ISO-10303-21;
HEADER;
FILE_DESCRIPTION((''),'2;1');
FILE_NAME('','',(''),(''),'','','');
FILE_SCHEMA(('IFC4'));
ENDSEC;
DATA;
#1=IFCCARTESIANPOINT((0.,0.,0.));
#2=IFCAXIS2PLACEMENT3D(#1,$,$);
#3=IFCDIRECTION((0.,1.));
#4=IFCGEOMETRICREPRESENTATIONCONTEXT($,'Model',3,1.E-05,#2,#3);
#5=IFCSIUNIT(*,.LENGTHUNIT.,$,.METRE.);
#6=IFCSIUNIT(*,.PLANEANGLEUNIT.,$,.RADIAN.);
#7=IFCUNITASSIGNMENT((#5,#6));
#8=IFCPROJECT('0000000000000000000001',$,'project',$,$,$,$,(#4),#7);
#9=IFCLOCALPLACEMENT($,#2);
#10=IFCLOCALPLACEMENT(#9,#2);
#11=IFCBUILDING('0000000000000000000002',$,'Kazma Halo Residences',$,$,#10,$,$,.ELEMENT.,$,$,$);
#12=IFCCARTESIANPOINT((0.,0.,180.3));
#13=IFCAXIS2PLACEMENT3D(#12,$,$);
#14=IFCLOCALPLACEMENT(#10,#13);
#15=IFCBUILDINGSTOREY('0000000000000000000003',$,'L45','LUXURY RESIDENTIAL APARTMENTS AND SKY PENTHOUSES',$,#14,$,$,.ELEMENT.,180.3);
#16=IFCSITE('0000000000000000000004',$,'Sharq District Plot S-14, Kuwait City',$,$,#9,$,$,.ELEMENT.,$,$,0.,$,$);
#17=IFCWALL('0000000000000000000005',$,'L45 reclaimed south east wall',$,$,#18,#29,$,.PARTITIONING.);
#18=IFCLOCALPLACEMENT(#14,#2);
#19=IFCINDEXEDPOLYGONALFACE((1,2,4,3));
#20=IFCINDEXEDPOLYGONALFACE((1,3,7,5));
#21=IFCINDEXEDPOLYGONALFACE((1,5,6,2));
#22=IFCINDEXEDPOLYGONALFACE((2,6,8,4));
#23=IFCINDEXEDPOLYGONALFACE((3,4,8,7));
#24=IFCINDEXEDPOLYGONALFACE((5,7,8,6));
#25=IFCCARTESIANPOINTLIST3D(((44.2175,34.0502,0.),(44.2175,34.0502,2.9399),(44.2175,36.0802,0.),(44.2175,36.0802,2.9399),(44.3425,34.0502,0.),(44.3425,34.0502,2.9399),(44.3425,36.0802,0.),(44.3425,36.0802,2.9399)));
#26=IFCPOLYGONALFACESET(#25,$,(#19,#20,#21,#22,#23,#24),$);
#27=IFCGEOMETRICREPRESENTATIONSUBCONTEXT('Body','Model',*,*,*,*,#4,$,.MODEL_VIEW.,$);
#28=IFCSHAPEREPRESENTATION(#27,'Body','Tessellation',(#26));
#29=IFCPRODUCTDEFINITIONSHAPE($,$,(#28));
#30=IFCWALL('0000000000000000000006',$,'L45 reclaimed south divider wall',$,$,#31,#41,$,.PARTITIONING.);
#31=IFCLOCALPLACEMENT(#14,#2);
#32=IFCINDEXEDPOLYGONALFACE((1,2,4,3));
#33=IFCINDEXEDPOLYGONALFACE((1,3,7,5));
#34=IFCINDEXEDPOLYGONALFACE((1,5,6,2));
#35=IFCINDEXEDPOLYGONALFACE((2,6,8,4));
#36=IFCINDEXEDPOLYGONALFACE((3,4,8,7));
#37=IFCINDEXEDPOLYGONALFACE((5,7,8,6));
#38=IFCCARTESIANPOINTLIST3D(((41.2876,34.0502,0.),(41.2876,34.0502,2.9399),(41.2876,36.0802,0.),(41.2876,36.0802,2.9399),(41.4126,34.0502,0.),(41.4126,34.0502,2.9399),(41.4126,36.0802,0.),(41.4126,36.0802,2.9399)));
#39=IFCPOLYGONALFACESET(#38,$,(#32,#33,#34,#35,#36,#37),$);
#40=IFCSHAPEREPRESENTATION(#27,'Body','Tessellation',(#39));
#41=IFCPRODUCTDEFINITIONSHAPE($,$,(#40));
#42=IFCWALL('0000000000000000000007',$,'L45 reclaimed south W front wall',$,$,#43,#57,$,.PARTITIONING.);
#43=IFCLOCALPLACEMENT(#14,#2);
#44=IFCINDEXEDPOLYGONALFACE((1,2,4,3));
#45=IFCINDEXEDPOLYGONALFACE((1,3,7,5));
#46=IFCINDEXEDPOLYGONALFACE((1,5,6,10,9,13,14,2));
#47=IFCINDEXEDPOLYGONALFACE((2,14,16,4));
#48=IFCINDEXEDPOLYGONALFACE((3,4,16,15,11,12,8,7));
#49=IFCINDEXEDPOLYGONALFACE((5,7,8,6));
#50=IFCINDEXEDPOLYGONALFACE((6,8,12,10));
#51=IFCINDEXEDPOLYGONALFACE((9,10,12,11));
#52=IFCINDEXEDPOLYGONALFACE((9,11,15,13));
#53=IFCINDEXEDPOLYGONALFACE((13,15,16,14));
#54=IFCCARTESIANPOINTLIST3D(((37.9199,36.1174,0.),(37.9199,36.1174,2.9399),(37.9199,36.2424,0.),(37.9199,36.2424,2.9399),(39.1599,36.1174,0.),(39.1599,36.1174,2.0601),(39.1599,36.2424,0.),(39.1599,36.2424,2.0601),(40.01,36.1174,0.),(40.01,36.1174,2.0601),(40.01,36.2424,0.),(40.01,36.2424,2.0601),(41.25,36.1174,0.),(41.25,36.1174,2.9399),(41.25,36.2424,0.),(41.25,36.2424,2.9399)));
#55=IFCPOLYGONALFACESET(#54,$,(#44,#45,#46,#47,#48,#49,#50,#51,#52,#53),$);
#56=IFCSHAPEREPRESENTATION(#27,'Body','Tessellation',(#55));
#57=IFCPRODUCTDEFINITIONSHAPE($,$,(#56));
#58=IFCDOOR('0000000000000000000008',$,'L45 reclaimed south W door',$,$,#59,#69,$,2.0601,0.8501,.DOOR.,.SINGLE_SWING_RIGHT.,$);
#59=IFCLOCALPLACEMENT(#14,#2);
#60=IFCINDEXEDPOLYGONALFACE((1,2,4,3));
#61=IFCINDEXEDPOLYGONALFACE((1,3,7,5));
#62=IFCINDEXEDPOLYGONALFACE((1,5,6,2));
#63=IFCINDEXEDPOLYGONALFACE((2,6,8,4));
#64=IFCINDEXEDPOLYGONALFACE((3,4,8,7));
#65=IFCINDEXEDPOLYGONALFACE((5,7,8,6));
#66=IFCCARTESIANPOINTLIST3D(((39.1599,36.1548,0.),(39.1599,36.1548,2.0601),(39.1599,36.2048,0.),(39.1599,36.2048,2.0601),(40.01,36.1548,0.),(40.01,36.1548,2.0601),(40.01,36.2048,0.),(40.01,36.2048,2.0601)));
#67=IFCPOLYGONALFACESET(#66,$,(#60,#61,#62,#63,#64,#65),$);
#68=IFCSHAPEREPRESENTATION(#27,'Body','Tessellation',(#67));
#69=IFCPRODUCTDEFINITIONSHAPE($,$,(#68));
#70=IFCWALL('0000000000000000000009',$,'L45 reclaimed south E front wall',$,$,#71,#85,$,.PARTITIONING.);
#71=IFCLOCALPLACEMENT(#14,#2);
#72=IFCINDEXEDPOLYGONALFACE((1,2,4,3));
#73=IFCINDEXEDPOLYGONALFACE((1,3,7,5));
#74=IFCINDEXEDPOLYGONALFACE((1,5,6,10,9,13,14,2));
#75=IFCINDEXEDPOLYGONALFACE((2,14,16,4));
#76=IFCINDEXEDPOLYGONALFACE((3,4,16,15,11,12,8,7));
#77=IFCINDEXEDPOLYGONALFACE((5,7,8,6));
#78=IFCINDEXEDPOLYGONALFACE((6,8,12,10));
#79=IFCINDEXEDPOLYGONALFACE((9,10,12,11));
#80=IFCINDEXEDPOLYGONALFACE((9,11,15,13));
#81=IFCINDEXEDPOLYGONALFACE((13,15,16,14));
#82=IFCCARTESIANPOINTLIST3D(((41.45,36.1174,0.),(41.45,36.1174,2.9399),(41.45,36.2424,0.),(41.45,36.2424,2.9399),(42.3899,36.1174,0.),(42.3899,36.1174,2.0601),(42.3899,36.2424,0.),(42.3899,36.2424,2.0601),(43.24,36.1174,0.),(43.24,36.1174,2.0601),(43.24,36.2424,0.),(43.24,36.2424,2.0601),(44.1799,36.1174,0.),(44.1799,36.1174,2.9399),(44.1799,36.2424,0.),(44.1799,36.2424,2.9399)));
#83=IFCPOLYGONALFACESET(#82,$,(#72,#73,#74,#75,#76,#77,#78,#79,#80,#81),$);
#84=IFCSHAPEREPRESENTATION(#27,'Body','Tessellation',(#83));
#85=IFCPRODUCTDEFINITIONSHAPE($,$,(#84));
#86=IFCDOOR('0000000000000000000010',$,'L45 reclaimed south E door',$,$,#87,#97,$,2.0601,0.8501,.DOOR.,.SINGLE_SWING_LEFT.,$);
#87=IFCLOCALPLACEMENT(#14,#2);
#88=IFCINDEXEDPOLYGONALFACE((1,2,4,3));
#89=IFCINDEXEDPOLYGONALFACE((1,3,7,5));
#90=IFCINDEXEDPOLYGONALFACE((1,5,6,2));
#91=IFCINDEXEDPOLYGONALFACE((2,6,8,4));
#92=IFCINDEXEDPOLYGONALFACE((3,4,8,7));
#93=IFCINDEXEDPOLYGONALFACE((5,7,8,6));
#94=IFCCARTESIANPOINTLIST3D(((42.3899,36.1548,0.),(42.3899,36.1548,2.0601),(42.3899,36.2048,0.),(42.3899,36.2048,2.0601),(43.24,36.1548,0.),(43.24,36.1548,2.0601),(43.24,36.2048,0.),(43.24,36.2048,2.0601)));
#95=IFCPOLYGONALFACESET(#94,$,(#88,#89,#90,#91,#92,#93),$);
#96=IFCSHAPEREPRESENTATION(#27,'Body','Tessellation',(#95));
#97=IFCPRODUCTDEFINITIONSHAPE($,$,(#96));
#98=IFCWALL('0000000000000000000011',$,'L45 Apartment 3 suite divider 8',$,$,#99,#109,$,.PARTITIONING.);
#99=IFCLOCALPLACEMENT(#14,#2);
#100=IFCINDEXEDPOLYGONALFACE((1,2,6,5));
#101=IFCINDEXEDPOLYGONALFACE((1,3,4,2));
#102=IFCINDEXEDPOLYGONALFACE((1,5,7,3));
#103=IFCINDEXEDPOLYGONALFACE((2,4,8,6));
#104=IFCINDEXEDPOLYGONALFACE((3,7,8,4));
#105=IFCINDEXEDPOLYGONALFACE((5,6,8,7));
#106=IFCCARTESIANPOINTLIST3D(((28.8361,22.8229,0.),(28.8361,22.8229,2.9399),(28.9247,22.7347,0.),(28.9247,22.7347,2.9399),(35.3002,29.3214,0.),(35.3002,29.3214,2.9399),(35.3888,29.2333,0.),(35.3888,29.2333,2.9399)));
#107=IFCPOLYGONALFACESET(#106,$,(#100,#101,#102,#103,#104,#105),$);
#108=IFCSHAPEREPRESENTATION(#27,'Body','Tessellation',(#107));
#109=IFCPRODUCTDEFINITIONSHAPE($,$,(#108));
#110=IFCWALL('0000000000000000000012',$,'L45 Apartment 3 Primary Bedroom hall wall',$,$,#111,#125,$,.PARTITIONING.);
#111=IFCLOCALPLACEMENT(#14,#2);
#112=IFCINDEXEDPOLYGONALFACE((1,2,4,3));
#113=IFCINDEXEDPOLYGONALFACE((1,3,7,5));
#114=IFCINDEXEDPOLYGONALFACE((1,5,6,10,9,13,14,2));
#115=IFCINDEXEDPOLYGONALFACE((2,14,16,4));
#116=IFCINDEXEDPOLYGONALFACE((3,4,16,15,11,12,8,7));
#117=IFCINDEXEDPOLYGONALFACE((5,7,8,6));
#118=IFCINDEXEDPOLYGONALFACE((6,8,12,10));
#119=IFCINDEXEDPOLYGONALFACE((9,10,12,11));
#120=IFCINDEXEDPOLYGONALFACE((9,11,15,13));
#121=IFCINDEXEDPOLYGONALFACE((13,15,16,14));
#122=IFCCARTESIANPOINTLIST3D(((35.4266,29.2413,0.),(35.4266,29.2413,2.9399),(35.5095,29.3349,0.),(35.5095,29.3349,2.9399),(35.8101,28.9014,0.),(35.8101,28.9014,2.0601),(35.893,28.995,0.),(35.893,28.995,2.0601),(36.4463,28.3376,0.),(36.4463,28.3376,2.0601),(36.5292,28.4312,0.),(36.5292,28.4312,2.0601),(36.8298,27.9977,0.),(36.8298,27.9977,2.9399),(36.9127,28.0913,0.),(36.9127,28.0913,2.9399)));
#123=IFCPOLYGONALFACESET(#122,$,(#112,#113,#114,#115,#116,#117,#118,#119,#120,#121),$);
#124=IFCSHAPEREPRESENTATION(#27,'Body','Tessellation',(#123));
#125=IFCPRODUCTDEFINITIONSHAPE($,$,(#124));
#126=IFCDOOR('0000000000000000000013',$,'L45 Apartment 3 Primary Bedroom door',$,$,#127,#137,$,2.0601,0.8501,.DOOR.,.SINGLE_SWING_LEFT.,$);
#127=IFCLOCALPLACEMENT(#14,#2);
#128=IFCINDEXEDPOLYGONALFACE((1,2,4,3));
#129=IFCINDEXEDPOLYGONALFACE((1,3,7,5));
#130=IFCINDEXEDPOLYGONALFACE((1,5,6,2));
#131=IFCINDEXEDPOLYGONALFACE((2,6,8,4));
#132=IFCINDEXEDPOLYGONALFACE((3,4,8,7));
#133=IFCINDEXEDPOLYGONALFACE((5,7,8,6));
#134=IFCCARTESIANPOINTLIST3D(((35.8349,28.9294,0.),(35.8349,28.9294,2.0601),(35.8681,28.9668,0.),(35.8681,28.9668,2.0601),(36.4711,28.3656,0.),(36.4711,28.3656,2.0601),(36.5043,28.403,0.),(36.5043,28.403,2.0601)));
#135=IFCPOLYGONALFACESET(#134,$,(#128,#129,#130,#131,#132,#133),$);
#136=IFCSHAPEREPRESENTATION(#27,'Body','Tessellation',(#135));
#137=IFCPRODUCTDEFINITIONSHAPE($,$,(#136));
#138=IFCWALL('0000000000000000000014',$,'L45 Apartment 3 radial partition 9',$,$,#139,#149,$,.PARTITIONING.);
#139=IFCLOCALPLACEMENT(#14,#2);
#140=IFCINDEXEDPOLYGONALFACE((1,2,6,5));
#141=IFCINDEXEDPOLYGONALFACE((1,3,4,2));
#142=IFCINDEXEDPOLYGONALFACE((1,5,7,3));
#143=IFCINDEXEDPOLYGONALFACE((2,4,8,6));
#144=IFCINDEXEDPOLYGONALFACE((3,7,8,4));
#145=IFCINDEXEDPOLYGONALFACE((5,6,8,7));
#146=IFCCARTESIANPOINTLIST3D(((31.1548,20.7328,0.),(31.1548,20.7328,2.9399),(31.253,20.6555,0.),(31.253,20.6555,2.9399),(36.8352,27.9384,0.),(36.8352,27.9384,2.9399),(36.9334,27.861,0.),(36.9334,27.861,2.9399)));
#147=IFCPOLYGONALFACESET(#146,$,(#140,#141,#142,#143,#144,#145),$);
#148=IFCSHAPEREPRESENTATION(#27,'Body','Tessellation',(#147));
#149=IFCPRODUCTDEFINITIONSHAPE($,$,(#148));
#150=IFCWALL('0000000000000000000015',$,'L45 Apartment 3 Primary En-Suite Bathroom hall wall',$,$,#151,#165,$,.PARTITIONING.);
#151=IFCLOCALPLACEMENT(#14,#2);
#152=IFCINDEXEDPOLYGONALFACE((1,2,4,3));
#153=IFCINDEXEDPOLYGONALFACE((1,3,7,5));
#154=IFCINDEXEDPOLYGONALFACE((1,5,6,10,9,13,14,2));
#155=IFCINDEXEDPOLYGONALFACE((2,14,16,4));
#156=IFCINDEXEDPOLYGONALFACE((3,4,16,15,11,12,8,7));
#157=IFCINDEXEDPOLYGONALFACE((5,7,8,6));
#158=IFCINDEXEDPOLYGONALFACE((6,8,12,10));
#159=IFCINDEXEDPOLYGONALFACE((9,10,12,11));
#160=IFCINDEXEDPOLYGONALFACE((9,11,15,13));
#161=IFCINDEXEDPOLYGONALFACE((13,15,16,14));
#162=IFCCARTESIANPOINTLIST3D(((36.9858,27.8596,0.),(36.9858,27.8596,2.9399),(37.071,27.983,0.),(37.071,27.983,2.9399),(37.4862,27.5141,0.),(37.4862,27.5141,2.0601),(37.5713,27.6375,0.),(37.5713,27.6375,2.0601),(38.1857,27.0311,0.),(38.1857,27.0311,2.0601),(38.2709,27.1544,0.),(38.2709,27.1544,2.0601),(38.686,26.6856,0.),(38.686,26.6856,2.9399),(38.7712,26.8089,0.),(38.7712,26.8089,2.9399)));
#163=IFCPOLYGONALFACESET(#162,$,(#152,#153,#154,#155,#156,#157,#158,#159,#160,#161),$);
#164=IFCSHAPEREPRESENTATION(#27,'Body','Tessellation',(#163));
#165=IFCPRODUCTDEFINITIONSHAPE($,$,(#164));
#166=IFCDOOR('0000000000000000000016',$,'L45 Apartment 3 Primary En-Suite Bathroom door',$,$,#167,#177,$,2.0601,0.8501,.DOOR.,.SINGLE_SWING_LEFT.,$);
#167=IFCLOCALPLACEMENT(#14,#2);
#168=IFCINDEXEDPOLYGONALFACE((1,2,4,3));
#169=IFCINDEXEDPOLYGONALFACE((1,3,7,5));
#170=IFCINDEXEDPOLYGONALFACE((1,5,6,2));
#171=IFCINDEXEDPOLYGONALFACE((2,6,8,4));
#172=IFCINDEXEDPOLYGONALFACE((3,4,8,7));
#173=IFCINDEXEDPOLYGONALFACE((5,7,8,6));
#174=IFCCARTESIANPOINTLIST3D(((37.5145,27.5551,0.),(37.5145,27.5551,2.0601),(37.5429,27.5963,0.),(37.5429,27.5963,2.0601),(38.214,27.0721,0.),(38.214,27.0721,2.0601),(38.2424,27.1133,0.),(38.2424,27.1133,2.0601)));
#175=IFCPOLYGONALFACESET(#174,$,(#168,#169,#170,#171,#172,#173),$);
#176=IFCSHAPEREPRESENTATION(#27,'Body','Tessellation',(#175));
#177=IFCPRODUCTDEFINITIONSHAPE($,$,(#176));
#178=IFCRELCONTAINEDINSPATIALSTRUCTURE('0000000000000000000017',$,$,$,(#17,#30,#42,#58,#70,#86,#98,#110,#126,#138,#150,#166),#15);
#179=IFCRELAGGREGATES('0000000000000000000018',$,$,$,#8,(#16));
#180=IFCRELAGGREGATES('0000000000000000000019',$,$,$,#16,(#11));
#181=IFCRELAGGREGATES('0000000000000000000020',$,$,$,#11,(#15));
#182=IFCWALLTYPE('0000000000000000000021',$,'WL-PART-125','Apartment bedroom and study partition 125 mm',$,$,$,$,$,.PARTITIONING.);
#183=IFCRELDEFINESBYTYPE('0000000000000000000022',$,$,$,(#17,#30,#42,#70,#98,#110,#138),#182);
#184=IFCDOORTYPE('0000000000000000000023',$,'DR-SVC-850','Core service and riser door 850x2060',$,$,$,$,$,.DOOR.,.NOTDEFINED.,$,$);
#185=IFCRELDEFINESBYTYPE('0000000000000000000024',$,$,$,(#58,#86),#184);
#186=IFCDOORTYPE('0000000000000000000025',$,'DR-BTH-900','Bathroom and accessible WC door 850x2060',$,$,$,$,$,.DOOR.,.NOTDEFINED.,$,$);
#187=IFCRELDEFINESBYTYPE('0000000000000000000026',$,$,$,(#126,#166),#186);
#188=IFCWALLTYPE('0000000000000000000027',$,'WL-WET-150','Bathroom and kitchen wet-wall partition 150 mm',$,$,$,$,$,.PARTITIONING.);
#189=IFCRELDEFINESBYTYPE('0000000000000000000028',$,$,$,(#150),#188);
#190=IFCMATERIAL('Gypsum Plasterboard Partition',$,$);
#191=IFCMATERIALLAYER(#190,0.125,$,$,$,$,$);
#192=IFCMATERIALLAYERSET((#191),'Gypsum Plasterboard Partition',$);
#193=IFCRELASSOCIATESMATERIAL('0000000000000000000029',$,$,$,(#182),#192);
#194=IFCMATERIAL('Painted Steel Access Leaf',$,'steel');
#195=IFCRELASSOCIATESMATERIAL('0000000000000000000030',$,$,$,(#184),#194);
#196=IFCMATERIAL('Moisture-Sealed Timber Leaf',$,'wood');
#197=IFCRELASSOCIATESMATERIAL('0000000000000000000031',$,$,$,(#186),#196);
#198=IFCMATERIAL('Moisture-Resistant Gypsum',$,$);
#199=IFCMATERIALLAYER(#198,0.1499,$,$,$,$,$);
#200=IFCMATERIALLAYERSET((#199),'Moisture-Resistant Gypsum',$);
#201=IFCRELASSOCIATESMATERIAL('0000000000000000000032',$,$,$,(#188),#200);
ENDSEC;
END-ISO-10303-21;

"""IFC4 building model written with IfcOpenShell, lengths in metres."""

from ifc_helpers import new_model, si_unit, direction, frame, frame_2d, origin, place, context, subcontext, project, spatial, rectangle, extrude, material, layer, layer_set, type_object, element, fill, save


model = new_model("IFC4")

# Units and contexts
model_context = context("Model", 3, precision=1e-05, world=origin(), true_north=direction((0.0, 1.0)))
body_context = subcontext(model_context, "Body", "Model", "MODEL_VIEW")
ifc_project = project(units=[si_unit("LENGTHUNIT", "METRE"), si_unit("PLANEANGLEUNIT", "RADIAN")], contexts=[model_context])

# Site, building, storey
site_placement = place(None, origin())
site = spatial("IfcSite", under=ifc_project, at=site_placement, Name="Sharq District Plot S-14, Kuwait City", CompositionType="ELEMENT", RefElevation=0.0)
building_placement = place(site_placement, origin())
building = spatial("IfcBuilding", under=site, at=building_placement, Name="Kazma Halo Residences", CompositionType="ELEMENT")
storey_placement = place(building_placement, frame((0.0, 0.0, 180.3)))
storey = spatial("IfcBuildingStorey", under=building, at=storey_placement, Name="L45", Description="LUXURY RESIDENTIAL APARTMENTS AND SKY PENTHOUSES", CompositionType="ELEMENT", Elevation=180.3)

# Walls
ifc_material_1 = material(Name="Gypsum Plasterboard Partition")
ifc_layer_1 = layer(ifc_material_1, 0.125)
ifc_layer_set_1 = layer_set([ifc_layer_1], Name="Gypsum Plasterboard Partition")
wall_type_1 = type_object("IfcWallType", Name="WL-PART-125", Description="Apartment bedroom and study partition 125 mm", PredefinedType="PARTITIONING", material=ifc_layer_set_1)
for number, where, z_axis, x_axis, name in (
    (1, (44.28, 34.05, 0.0), (0.0, 0.0, 1.0), (0.0, 1.0, 0.0), "L45 reclaimed south east wall"),
    (2, (41.3501, 34.05, 0.0), (0.0, 0.0, 1.0), (0.0, 1.0, 0.0), "L45 reclaimed south divider wall"),
):
    element("IfcWall", number, at=place(storey_placement, frame(where, z_axis=z_axis, x_axis=x_axis)), inside=storey, type_object=wall_type_1, Name=name, PredefinedType="PARTITIONING", context=body_context, shape_type="SweptSolid", body=[
        extrude(rectangle(XDim=2.03, YDim=0.125, at=frame_2d((1.0151, 0.0))), origin(), (0.0, 0.0, 1.0), 2.9399),
    ])

# Walls, openings, doors
wall_1_placement = place(storey_placement, frame((37.9199, 36.1799, 0.0), z_axis=(0.0, 0.0, 1.0), x_axis=(1.0, 0.0, 0.0)))
wall_1 = element("IfcWall", 3, at=wall_1_placement, inside=storey, type_object=wall_type_1, Name="L45 reclaimed south W front wall", PredefinedType="PARTITIONING", context=body_context, shape_type="SweptSolid", body=[
    extrude(rectangle(XDim=3.3301, YDim=0.125, at=frame_2d((1.665, 0.0))), origin(), (0.0, 0.0, 1.0), 2.9399),
])
opening_1_placement = place(wall_1_placement, frame((1.24, 0.0, 0.0)))
opening_1 = element("IfcOpeningElement", 4, at=opening_1_placement, cuts=wall_1, PredefinedType="OPENING", context=body_context, shape_type="SweptSolid", body=[
    extrude(rectangle(XDim=0.8501, YDim=2.0601, at=frame_2d((0.425, 1.03))), frame((0.0, 0.0725, 0.0), z_axis=(0.0, -1.0, 0.0), x_axis=(1.0, 0.0, 0.0)), (0.0, 0.0, 1.0), 0.145),
])
ifc_material_2 = material(Name="Painted Steel Access Leaf", Category="steel")
door_type_1 = type_object("IfcDoorType", Name="DR-SVC-850", Description="Core service and riser door 850x2060", OperationType="NOTDEFINED", PredefinedType="DOOR", material=ifc_material_2)
door_1_placement = place(opening_1_placement, origin())
door_1 = element("IfcDoor", 5, at=door_1_placement, inside=storey, type_object=door_type_1, Name="L45 reclaimed south W door", OperationType="SINGLE_SWING_RIGHT", OverallHeight=2.0601, OverallWidth=0.8501, PredefinedType="DOOR", context=body_context, shape_type="SweptSolid", body=[
    extrude(rectangle(XDim=0.8501, YDim=2.0601, at=frame_2d((0.425, 1.03))), frame((0.0, 0.0249, 0.0), z_axis=(0.0, -1.0, 0.0), x_axis=(1.0, 0.0, 0.0)), (0.0, 0.0, 1.0), 0.05),
])
fill(opening_1, door_1)
wall_2_placement = place(storey_placement, frame((41.45, 36.1799, 0.0), z_axis=(0.0, 0.0, 1.0), x_axis=(1.0, 0.0, 0.0)))
wall_2 = element("IfcWall", 6, at=wall_2_placement, inside=storey, type_object=wall_type_1, Name="L45 reclaimed south E front wall", PredefinedType="PARTITIONING", context=body_context, shape_type="SweptSolid", body=[
    extrude(rectangle(XDim=2.73, YDim=0.125, at=frame_2d((1.365, 0.0))), origin(), (0.0, 0.0, 1.0), 2.9399),
])
opening_2_placement = place(wall_2_placement, frame((0.9399, 0.0, 0.0)))
opening_2 = element("IfcOpeningElement", 7, at=opening_2_placement, cuts=wall_2, PredefinedType="OPENING", context=body_context, shape_type="SweptSolid", body=[
    extrude(rectangle(XDim=0.8501, YDim=2.0601, at=frame_2d((0.425, 1.03))), frame((0.0, 0.0725, 0.0), z_axis=(0.0, -1.0, 0.0), x_axis=(1.0, 0.0, 0.0)), (0.0, 0.0, 1.0), 0.145),
])
door_2_placement = place(opening_2_placement, origin())
door_2 = element("IfcDoor", 8, at=door_2_placement, inside=storey, type_object=door_type_1, Name="L45 reclaimed south E door", OperationType="SINGLE_SWING_LEFT", OverallHeight=2.0601, OverallWidth=0.8501, PredefinedType="DOOR", context=body_context, shape_type="SweptSolid", body=[
    extrude(rectangle(XDim=0.8501, YDim=2.0601, at=frame_2d((0.425, 1.03))), frame((0.0, 0.0249, 0.0), z_axis=(0.0, -1.0, 0.0), x_axis=(1.0, 0.0, 0.0)), (0.0, 0.0, 1.0), 0.05),
])
fill(opening_2, door_2)

# Wall
wall_3_placement = place(storey_placement, frame((35.3445, 29.2773, 0.0), z_axis=(0.0, 0.0, 1.0), x_axis=(-0.705226, -0.708982, 0.0)))
element("IfcWall", 9, at=wall_3_placement, inside=storey, type_object=wall_type_1, Name="L45 Apartment 3 suite divider 8", PredefinedType="PARTITIONING", context=body_context, shape_type="SweptSolid", body=[
    extrude(rectangle(XDim=9.166, YDim=0.125, at=frame_2d((4.583, 0.0))), origin(), (0.0, 0.0, 1.0), 2.9399),
])

# Wall, opening, door
wall_4_placement = place(storey_placement, frame((35.468, 29.2881, 0.0), z_axis=(0.0, 0.0, 1.0), x_axis=(0.7484, -0.663248, 0.0)))
wall_4 = element("IfcWall", 10, at=wall_4_placement, inside=storey, type_object=wall_type_1, Name="L45 Apartment 3 Primary Bedroom hall wall", PredefinedType="PARTITIONING", context=body_context, shape_type="SweptSolid", body=[
    extrude(rectangle(XDim=1.875, YDim=0.125, at=frame_2d((0.9375, 0.0))), origin(), (0.0, 0.0, 1.0), 2.9399),
])
opening_3_placement = place(wall_4_placement, frame((0.5125, 0.0, 0.0)))
opening_3 = element("IfcOpeningElement", 11, at=opening_3_placement, cuts=wall_4, PredefinedType="OPENING", context=body_context, shape_type="SweptSolid", body=[
    extrude(rectangle(XDim=0.8501, YDim=2.0601, at=frame_2d((0.425, 1.03))), frame((0.0, 0.0725, 0.0), z_axis=(0.0, -1.0, 0.0), x_axis=(1.0, 0.0, 0.0)), (0.0, 0.0, 1.0), 0.145),
])
ifc_material_3 = material(Name="Moisture-Sealed Timber Leaf", Category="wood")
door_type_2 = type_object("IfcDoorType", Name="DR-BTH-900", Description="Bathroom and accessible WC door 850x2060", OperationType="NOTDEFINED", PredefinedType="DOOR", material=ifc_material_3)
door_3_placement = place(opening_3_placement, origin())
door_3 = element("IfcDoor", 12, at=door_3_placement, inside=storey, type_object=door_type_2, Name="L45 Apartment 3 Primary Bedroom door", OperationType="SINGLE_SWING_LEFT", OverallHeight=2.0601, OverallWidth=0.8501, PredefinedType="DOOR", context=body_context, shape_type="SweptSolid", body=[
    extrude(rectangle(XDim=0.8501, YDim=2.0601, at=frame_2d((0.425, 1.03))), frame((0.0, 0.0249, 0.0), z_axis=(0.0, -1.0, 0.0), x_axis=(1.0, 0.0, 0.0)), (0.0, 0.0, 1.0), 0.05),
])
fill(opening_3, door_3)

# Wall
wall_5_placement = place(storey_placement, frame((36.8843, 27.8997, 0.0), z_axis=(0.0, 0.0, 1.0), x_axis=(-0.619095, -0.785316, 0.0)))
element("IfcWall", 13, at=wall_5_placement, inside=storey, type_object=wall_type_1, Name="L45 Apartment 3 radial partition 9", PredefinedType="PARTITIONING", context=body_context, shape_type="SweptSolid", body=[
    extrude(rectangle(XDim=9.1753, YDim=0.125, at=frame_2d((4.5876, 0.0))), origin(), (0.0, 0.0, 1.0), 2.9399),
])

# Wall, opening, door
ifc_material_4 = material(Name="Moisture-Resistant Gypsum")
ifc_layer_2 = layer(ifc_material_4, 0.1499)
ifc_layer_set_2 = layer_set([ifc_layer_2], Name="Moisture-Resistant Gypsum")
wall_type_2 = type_object("IfcWallType", Name="WL-WET-150", Description="Bathroom and kitchen wet-wall partition 150 mm", PredefinedType="PARTITIONING", material=ifc_layer_set_2)
wall_6_placement = place(storey_placement, frame((37.0283, 27.9214, 0.0), z_axis=(0.0, 0.0, 1.0), x_axis=(0.822868, -0.568233, 0.0)))
wall_6 = element("IfcWall", 14, at=wall_6_placement, inside=storey, type_object=wall_type_2, Name="L45 Apartment 3 Primary En-Suite Bathroom hall wall", PredefinedType="PARTITIONING", context=body_context, shape_type="SweptSolid", body=[
    extrude(rectangle(XDim=2.0662, YDim=0.1499, at=frame_2d((1.0332, 0.0))), origin(), (0.0, 0.0, 1.0), 2.9399),
])
opening_4_placement = place(wall_6_placement, frame((0.6082, 0.0, 0.0)))
opening_4 = element("IfcOpeningElement", 15, at=opening_4_placement, cuts=wall_6, PredefinedType="OPENING", context=body_context, shape_type="SweptSolid", body=[
    extrude(rectangle(XDim=0.8501, YDim=2.0601, at=frame_2d((0.425, 1.03))), frame((0.0, 0.085, 0.0), z_axis=(0.0, -1.0, 0.0), x_axis=(1.0, 0.0, 0.0)), (0.0, 0.0, 1.0), 0.1699),
])
door_4_placement = place(opening_4_placement, origin())
door_4 = element("IfcDoor", 16, at=door_4_placement, inside=storey, type_object=door_type_2, Name="L45 Apartment 3 Primary En-Suite Bathroom door", OperationType="SINGLE_SWING_LEFT", OverallHeight=2.0601, OverallWidth=0.8501, PredefinedType="DOOR", context=body_context, shape_type="SweptSolid", body=[
    extrude(rectangle(XDim=0.8501, YDim=2.0601, at=frame_2d((0.425, 1.03))), frame((0.0, 0.0249, 0.0), z_axis=(0.0, -1.0, 0.0), x_axis=(1.0, 0.0, 0.0)), (0.0, 0.0, 1.0), 0.05),
])
fill(opening_4, door_4)

save(model, "model.ifc")
